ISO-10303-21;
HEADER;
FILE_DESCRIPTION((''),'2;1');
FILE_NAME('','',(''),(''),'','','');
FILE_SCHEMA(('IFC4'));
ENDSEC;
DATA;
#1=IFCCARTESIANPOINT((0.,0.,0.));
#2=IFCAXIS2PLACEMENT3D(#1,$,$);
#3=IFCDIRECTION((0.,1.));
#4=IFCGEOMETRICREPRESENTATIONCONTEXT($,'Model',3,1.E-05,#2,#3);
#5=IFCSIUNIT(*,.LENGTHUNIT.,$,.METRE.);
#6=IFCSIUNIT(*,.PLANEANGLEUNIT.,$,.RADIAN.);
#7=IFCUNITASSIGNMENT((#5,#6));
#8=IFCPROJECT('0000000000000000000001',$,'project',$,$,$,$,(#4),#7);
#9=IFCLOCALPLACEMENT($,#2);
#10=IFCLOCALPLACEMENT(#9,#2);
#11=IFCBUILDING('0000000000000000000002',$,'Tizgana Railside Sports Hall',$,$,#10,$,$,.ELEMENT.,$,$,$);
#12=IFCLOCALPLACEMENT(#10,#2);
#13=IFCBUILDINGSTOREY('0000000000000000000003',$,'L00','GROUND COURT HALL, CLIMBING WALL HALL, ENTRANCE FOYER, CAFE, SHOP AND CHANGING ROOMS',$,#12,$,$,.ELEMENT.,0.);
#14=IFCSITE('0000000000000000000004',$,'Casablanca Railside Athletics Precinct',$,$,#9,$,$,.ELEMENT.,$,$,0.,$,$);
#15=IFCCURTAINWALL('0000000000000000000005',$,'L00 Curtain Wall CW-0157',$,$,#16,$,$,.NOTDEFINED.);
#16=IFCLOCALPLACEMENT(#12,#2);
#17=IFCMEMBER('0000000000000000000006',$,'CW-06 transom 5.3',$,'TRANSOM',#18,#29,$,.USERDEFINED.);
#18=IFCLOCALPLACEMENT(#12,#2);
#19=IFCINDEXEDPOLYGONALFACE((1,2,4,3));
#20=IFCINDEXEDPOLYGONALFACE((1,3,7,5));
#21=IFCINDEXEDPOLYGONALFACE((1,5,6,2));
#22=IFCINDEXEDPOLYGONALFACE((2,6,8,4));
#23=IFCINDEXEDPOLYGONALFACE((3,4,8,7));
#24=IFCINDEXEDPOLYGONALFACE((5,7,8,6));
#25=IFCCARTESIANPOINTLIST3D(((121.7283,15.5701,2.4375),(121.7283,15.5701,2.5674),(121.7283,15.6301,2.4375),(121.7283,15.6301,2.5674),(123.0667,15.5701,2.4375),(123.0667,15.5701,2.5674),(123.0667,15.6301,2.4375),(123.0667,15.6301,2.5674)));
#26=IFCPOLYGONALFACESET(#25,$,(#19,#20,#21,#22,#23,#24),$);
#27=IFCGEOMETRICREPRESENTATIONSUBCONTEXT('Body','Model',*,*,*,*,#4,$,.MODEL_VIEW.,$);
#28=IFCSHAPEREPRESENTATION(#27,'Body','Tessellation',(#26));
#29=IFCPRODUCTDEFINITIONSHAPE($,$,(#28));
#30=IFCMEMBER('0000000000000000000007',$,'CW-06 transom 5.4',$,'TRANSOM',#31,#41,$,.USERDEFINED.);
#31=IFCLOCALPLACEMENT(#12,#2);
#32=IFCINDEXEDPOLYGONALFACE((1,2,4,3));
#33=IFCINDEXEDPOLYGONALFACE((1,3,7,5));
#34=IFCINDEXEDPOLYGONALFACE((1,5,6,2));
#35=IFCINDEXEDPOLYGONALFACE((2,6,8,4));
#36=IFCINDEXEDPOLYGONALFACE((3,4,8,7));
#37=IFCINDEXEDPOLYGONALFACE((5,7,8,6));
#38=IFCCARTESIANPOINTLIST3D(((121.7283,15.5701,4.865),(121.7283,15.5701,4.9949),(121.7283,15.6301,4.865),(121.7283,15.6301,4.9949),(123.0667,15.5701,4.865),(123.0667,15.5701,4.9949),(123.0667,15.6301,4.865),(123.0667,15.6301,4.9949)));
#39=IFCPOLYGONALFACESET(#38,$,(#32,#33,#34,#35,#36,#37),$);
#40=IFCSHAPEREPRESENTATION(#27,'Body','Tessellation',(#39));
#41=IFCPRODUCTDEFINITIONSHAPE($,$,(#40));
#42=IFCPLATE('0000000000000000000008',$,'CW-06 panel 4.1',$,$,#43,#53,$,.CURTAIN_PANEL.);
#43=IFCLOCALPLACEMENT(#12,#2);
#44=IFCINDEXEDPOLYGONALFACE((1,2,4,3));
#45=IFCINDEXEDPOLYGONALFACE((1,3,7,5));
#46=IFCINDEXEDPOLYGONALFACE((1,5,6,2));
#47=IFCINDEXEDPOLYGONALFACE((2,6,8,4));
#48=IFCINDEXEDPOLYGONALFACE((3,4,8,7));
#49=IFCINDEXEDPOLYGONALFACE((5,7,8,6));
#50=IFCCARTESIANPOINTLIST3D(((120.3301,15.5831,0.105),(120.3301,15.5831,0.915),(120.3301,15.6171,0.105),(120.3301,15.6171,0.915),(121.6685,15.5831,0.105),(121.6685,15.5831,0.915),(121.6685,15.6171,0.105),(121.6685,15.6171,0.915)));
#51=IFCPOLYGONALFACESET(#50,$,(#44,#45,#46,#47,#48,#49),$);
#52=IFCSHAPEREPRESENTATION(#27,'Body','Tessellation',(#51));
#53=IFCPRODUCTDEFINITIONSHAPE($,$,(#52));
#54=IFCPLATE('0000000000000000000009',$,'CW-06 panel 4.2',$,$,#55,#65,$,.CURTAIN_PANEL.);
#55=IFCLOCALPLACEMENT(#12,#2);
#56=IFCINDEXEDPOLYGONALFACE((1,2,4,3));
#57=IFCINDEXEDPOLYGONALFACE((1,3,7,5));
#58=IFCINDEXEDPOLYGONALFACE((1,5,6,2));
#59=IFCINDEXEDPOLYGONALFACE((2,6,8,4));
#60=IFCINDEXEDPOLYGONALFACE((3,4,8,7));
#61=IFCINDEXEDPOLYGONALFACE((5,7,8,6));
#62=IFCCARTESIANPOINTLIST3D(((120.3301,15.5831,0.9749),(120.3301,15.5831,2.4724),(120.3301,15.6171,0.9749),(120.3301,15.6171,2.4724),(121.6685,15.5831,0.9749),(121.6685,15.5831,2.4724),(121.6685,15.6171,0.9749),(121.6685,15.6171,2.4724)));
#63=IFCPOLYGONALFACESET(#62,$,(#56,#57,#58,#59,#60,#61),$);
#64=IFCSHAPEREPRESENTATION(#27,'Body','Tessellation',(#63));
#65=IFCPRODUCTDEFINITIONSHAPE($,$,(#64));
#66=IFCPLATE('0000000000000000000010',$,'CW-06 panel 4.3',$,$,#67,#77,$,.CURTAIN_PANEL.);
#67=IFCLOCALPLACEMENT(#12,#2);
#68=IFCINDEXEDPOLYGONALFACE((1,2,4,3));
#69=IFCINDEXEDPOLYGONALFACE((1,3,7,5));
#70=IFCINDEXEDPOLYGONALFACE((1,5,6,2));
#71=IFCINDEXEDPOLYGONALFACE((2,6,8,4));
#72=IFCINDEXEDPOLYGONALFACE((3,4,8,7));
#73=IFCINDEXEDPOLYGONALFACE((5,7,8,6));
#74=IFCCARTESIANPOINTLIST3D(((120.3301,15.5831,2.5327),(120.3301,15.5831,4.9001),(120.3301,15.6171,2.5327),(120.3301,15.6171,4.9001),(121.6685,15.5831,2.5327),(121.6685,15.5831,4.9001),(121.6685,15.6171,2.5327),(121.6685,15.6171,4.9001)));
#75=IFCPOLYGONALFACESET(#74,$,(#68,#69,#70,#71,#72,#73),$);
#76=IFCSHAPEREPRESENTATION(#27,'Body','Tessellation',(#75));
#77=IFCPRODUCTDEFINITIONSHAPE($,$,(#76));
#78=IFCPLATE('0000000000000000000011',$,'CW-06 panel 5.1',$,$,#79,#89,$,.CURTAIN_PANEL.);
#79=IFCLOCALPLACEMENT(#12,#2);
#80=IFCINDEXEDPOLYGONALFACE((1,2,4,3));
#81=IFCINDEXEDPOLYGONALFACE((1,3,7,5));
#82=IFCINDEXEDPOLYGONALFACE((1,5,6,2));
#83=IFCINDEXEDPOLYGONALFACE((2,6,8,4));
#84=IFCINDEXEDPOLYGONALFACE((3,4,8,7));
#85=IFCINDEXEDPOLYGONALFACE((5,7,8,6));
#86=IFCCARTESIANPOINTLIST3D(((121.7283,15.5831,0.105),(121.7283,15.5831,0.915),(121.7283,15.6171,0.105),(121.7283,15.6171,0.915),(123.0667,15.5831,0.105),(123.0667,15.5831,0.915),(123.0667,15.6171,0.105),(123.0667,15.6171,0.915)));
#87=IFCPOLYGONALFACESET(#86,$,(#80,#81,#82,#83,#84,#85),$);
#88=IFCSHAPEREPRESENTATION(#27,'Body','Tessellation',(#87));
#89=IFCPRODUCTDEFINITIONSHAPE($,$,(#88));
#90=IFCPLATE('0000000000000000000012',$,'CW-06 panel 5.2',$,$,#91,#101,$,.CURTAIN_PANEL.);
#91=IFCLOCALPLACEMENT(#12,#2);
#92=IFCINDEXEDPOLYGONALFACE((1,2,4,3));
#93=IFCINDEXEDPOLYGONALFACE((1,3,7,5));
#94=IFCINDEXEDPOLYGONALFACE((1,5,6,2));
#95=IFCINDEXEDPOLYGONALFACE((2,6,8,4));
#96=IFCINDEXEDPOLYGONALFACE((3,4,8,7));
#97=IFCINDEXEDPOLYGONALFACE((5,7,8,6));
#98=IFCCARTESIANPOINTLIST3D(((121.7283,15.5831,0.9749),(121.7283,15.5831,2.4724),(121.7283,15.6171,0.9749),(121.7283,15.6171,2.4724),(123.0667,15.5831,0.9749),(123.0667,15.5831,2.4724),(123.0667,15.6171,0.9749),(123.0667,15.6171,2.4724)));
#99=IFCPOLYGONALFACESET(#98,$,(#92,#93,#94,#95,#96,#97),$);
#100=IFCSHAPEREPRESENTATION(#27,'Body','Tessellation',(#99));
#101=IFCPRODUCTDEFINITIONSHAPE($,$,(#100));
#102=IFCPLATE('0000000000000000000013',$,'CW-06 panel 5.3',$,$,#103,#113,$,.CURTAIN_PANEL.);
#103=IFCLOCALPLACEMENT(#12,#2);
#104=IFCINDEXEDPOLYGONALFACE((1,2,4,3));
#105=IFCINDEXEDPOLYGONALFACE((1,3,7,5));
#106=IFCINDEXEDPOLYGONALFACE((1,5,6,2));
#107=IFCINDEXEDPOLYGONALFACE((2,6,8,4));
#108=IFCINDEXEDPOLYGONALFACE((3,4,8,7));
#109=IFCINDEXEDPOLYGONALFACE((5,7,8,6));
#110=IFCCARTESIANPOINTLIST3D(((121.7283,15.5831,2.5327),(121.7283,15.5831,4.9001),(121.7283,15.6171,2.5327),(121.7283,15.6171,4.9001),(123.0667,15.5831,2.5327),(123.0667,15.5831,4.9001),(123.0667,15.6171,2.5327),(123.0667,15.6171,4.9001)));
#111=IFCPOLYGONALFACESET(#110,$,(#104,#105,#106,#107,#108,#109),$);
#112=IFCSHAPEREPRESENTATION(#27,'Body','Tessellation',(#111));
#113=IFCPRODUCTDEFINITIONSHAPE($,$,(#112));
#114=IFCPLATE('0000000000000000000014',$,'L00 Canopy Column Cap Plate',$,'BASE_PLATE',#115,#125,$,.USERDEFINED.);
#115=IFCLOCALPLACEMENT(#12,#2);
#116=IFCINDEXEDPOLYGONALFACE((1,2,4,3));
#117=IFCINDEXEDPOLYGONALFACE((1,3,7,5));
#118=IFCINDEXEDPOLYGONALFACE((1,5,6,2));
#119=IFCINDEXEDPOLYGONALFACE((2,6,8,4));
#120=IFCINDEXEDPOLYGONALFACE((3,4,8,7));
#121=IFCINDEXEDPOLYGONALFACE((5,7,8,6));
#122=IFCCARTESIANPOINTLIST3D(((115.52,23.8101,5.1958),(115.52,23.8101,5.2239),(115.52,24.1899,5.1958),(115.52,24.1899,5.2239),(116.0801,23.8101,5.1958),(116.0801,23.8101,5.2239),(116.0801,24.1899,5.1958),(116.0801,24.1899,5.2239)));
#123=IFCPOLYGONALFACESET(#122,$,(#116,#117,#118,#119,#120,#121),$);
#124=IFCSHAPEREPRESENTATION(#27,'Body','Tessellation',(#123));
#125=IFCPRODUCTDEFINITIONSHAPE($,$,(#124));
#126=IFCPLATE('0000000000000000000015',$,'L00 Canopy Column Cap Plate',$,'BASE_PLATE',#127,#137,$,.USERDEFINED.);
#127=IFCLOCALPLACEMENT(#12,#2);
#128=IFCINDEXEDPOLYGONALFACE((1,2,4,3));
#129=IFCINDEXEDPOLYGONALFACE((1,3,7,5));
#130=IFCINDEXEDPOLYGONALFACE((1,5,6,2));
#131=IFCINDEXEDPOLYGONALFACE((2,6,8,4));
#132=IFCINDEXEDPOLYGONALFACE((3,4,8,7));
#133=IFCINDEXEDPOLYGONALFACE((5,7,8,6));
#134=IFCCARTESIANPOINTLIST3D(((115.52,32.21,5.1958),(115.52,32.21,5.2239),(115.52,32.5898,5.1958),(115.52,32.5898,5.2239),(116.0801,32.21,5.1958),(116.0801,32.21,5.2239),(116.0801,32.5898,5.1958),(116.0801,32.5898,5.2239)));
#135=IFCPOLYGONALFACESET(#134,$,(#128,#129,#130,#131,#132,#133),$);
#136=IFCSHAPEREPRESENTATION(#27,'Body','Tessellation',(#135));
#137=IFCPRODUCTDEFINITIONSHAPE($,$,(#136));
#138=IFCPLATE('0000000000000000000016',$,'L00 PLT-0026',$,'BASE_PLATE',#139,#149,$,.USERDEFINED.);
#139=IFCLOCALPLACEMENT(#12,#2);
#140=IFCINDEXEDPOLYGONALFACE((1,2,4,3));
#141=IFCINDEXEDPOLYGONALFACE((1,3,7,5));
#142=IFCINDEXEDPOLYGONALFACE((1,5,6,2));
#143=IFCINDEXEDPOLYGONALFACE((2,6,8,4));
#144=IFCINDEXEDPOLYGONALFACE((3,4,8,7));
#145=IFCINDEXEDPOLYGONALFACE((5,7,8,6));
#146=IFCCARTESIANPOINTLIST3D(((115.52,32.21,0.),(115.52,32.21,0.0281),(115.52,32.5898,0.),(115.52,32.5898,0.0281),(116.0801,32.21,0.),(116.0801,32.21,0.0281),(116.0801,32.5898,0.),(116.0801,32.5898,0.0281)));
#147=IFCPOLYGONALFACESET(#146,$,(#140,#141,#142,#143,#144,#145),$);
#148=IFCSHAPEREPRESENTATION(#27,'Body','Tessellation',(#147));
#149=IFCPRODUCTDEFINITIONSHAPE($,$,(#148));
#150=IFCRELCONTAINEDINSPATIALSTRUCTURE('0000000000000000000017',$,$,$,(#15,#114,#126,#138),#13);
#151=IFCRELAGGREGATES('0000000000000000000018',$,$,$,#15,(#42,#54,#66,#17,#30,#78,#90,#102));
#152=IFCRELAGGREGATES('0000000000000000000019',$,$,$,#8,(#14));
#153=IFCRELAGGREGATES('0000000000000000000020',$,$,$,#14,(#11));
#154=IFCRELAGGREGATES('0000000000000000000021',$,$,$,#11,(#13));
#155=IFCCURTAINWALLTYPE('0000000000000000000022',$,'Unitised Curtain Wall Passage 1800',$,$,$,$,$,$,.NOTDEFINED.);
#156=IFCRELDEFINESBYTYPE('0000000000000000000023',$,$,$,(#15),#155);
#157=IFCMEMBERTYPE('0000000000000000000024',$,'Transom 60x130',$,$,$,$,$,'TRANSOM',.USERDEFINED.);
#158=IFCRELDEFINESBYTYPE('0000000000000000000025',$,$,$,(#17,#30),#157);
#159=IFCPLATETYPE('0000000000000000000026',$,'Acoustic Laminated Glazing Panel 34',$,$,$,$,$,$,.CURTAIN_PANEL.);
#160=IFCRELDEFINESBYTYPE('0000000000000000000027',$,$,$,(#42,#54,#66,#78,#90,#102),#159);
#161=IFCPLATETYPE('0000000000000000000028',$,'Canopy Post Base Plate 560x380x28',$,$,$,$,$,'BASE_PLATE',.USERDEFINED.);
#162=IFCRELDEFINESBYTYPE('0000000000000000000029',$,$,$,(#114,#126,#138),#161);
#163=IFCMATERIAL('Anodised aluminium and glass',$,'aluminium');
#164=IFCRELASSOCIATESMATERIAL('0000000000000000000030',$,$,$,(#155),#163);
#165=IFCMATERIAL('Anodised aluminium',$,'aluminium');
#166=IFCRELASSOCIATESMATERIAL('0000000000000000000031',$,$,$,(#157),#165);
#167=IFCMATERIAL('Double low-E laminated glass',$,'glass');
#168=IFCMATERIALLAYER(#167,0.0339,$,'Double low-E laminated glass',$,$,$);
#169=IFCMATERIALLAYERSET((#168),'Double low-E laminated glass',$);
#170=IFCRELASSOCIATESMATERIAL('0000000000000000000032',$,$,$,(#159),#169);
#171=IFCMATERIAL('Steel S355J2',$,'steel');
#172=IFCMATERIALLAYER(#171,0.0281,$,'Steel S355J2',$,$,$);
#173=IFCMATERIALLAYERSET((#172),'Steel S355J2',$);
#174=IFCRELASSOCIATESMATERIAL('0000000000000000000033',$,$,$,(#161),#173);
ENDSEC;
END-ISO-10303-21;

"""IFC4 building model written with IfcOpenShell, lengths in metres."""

from ifc_helpers import new_model, si_unit, direction, frame, origin, origin_2d, place, context, subcontext, project, spatial, rectangle, extrude, material, layer, layer_set, material_profile, profile_set, type_object, element, aggregate, save


model = new_model("IFC4")

# Units and contexts
model_context = context("Model", 3, precision=1e-05, world=origin(), true_north=direction((0.0, 1.0)))
body_context = subcontext(model_context, "Body", "Model", "MODEL_VIEW")
ifc_project = project(units=[si_unit("LENGTHUNIT", "METRE"), si_unit("PLANEANGLEUNIT", "RADIAN")], contexts=[model_context])

# Site, building, storey
site_placement = place(None, origin())
site = spatial("IfcSite", under=ifc_project, at=site_placement, Name="Casablanca Railside Athletics Precinct", CompositionType="ELEMENT", RefElevation=0.0)
building_placement = place(site_placement, origin())
building = spatial("IfcBuilding", under=site, at=building_placement, Name="Tizgana Railside Sports Hall", CompositionType="ELEMENT")
storey_placement = place(building_placement, origin())
storey = spatial("IfcBuildingStorey", under=building, at=storey_placement, Name="L00", Description="GROUND COURT HALL, CLIMBING WALL HALL, ENTRANCE FOYER, CAFE, SHOP AND CHANGING ROOMS", CompositionType="ELEMENT", Elevation=0.0)

# Shared definitions
ifc_material_1 = material(Name="Steel S355J2", Category="steel")

# Curtain wall
ifc_material_2 = material(Name="Anodised aluminium and glass", Category="aluminium")
ifc_material_3 = material(Name="Anodised aluminium", Category="aluminium")
curtain_wall_type_1 = type_object("IfcCurtainWallType", Name="Unitised Curtain Wall Passage 1800", PredefinedType="NOTDEFINED", material=ifc_material_2)
curtain_wall_1_placement = place(storey_placement, origin())
curtain_wall_1 = element("IfcCurtainWall", 1, at=curtain_wall_1_placement, inside=storey, type_object=curtain_wall_type_1, Name="L00 Curtain Wall CW-0157", PredefinedType="NOTDEFINED")

# Members
ifc_material_profile_1 = material_profile(ifc_material_3, rectangle(XDim=0.0601, YDim=0.1299, at=origin_2d()), Name="Transom 60x130")
ifc_profile_set_1 = profile_set([ifc_material_profile_1], Name="Anodised aluminium")
member_type_1 = type_object("IfcMemberType", Name="Transom 60x130", ElementType="TRANSOM", PredefinedType="USERDEFINED", material=ifc_profile_set_1)
member_1_placement = place(storey_placement, frame((121.7283, 15.6001, 2.5024), z_axis=(1.0, 0.0, 0.0), x_axis=(0.0, 1.0, 0.0)))
member_1 = element("IfcMember", 2, at=member_1_placement, type_object=member_type_1, Name="CW-06 transom 5.3", ObjectType="TRANSOM", PredefinedType="USERDEFINED", context=body_context, shape_type="SweptSolid", body=[
    extrude(rectangle(XDim=0.0601, YDim=0.1299, at=origin_2d()), origin(), (0.0, 0.0, 1.0), 1.3384),
])
member_2_placement = place(storey_placement, frame((121.7283, 15.6001, 4.9299), z_axis=(1.0, 0.0, 0.0), x_axis=(0.0, 1.0, 0.0)))
member_2 = element("IfcMember", 3, at=member_2_placement, type_object=member_type_1, Name="CW-06 transom 5.4", ObjectType="TRANSOM", PredefinedType="USERDEFINED", context=body_context, shape_type="SweptSolid", body=[
    extrude(rectangle(XDim=0.0601, YDim=0.1299, at=origin_2d()), origin(), (0.0, 0.0, 1.0), 1.3384),
])

# Plates
ifc_material_4 = material(Name="Double low-E laminated glass", Category="glass")
ifc_layer_1 = layer(ifc_material_4, 0.0339, Name="Double low-E laminated glass")
ifc_layer_set_1 = layer_set([ifc_layer_1], Name="Double low-E laminated glass")
plate_type_1 = type_object("IfcPlateType", Name="Acoustic Laminated Glazing Panel 34", PredefinedType="CURTAIN_PANEL", material=ifc_layer_set_1)
plate_1_placement = place(storey_placement, frame((120.9993, 15.6001, 0.105), z_axis=(0.0, 0.0, 1.0), x_axis=(1.0, 0.0, 0.0)))
plate_1 = element("IfcPlate", 4, at=plate_1_placement, type_object=plate_type_1, Name="CW-06 panel 4.1", PredefinedType="CURTAIN_PANEL", context=body_context, shape_type="SweptSolid", body=[
    extrude(rectangle(XDim=1.3384, YDim=0.0339, at=origin_2d()), origin(), (0.0, 0.0, 1.0), 0.8101),
])
plate_2_placement = place(storey_placement, frame((120.9993, 15.6001, 0.9749), z_axis=(0.0, 0.0, 1.0), x_axis=(1.0, 0.0, 0.0)))
plate_2 = element("IfcPlate", 5, at=plate_2_placement, type_object=plate_type_1, Name="CW-06 panel 4.2", PredefinedType="CURTAIN_PANEL", context=body_context, shape_type="SweptSolid", body=[
    extrude(rectangle(XDim=1.3384, YDim=0.0339, at=origin_2d()), origin(), (0.0, 0.0, 1.0), 1.4976),
])
plate_3_placement = place(storey_placement, frame((120.9993, 15.6001, 2.5327), z_axis=(0.0, 0.0, 1.0), x_axis=(1.0, 0.0, 0.0)))
plate_3 = element("IfcPlate", 6, at=plate_3_placement, type_object=plate_type_1, Name="CW-06 panel 4.3", PredefinedType="CURTAIN_PANEL", context=body_context, shape_type="SweptSolid", body=[
    extrude(rectangle(XDim=1.3384, YDim=0.0339, at=origin_2d()), origin(), (0.0, 0.0, 1.0), 2.3674),
])
plate_4_placement = place(storey_placement, frame((122.3975, 15.6001, 0.105), z_axis=(0.0, 0.0, 1.0), x_axis=(1.0, 0.0, 0.0)))
plate_4 = element("IfcPlate", 7, at=plate_4_placement, type_object=plate_type_1, Name="CW-06 panel 5.1", PredefinedType="CURTAIN_PANEL", context=body_context, shape_type="SweptSolid", body=[
    extrude(rectangle(XDim=1.3384, YDim=0.0339, at=origin_2d()), origin(), (0.0, 0.0, 1.0), 0.8101),
])
plate_5_placement = place(storey_placement, frame((122.3975, 15.6001, 0.9749), z_axis=(0.0, 0.0, 1.0), x_axis=(1.0, 0.0, 0.0)))
plate_5 = element("IfcPlate", 8, at=plate_5_placement, type_object=plate_type_1, Name="CW-06 panel 5.2", PredefinedType="CURTAIN_PANEL", context=body_context, shape_type="SweptSolid", body=[
    extrude(rectangle(XDim=1.3384, YDim=0.0339, at=origin_2d()), origin(), (0.0, 0.0, 1.0), 1.4976),
])
plate_6_placement = place(storey_placement, frame((122.3975, 15.6001, 2.5327), z_axis=(0.0, 0.0, 1.0), x_axis=(1.0, 0.0, 0.0)))
plate_6 = element("IfcPlate", 9, at=plate_6_placement, type_object=plate_type_1, Name="CW-06 panel 5.3", PredefinedType="CURTAIN_PANEL", context=body_context, shape_type="SweptSolid", body=[
    extrude(rectangle(XDim=1.3384, YDim=0.0339, at=origin_2d()), origin(), (0.0, 0.0, 1.0), 2.3674),
])
aggregate(curtain_wall_1, [plate_1, plate_2, plate_3, member_1, member_2, plate_4, plate_5, plate_6])

# Plates
ifc_layer_2 = layer(ifc_material_1, 0.0281, Name="Steel S355J2")
ifc_layer_set_2 = layer_set([ifc_layer_2], Name="Steel S355J2")
plate_type_2 = type_object("IfcPlateType", Name="Canopy Post Base Plate 560x380x28", ElementType="BASE_PLATE", PredefinedType="USERDEFINED", material=ifc_layer_set_2)
for number, where, z_axis, x_axis, name in (
    (10, (115.8, 24.0, 5.1958), (0.0, 0.0, 1.0), (1.0, 0.0, 0.0), "L00 Canopy Column Cap Plate"),
    (11, (115.8, 32.3999, 5.1958), (0.0, 0.0, 1.0), (1.0, 0.0, 0.0), "L00 Canopy Column Cap Plate"),
    (12, (115.8, 32.3999, 0.0), (0.0, 0.0, 1.0), (1.0, 0.0, 0.0), "L00 PLT-0026"),
):
    element("IfcPlate", number, at=place(storey_placement, frame(where, z_axis=z_axis, x_axis=x_axis)), inside=storey, type_object=plate_type_2, Name=name, ObjectType="BASE_PLATE", PredefinedType="USERDEFINED", context=body_context, shape_type="SweptSolid", body=[
        extrude(rectangle(XDim=0.5601, YDim=0.3799, at=origin_2d()), origin(), (0.0, 0.0, 1.0), 0.0281),
    ])

save(model, "model.ifc")
